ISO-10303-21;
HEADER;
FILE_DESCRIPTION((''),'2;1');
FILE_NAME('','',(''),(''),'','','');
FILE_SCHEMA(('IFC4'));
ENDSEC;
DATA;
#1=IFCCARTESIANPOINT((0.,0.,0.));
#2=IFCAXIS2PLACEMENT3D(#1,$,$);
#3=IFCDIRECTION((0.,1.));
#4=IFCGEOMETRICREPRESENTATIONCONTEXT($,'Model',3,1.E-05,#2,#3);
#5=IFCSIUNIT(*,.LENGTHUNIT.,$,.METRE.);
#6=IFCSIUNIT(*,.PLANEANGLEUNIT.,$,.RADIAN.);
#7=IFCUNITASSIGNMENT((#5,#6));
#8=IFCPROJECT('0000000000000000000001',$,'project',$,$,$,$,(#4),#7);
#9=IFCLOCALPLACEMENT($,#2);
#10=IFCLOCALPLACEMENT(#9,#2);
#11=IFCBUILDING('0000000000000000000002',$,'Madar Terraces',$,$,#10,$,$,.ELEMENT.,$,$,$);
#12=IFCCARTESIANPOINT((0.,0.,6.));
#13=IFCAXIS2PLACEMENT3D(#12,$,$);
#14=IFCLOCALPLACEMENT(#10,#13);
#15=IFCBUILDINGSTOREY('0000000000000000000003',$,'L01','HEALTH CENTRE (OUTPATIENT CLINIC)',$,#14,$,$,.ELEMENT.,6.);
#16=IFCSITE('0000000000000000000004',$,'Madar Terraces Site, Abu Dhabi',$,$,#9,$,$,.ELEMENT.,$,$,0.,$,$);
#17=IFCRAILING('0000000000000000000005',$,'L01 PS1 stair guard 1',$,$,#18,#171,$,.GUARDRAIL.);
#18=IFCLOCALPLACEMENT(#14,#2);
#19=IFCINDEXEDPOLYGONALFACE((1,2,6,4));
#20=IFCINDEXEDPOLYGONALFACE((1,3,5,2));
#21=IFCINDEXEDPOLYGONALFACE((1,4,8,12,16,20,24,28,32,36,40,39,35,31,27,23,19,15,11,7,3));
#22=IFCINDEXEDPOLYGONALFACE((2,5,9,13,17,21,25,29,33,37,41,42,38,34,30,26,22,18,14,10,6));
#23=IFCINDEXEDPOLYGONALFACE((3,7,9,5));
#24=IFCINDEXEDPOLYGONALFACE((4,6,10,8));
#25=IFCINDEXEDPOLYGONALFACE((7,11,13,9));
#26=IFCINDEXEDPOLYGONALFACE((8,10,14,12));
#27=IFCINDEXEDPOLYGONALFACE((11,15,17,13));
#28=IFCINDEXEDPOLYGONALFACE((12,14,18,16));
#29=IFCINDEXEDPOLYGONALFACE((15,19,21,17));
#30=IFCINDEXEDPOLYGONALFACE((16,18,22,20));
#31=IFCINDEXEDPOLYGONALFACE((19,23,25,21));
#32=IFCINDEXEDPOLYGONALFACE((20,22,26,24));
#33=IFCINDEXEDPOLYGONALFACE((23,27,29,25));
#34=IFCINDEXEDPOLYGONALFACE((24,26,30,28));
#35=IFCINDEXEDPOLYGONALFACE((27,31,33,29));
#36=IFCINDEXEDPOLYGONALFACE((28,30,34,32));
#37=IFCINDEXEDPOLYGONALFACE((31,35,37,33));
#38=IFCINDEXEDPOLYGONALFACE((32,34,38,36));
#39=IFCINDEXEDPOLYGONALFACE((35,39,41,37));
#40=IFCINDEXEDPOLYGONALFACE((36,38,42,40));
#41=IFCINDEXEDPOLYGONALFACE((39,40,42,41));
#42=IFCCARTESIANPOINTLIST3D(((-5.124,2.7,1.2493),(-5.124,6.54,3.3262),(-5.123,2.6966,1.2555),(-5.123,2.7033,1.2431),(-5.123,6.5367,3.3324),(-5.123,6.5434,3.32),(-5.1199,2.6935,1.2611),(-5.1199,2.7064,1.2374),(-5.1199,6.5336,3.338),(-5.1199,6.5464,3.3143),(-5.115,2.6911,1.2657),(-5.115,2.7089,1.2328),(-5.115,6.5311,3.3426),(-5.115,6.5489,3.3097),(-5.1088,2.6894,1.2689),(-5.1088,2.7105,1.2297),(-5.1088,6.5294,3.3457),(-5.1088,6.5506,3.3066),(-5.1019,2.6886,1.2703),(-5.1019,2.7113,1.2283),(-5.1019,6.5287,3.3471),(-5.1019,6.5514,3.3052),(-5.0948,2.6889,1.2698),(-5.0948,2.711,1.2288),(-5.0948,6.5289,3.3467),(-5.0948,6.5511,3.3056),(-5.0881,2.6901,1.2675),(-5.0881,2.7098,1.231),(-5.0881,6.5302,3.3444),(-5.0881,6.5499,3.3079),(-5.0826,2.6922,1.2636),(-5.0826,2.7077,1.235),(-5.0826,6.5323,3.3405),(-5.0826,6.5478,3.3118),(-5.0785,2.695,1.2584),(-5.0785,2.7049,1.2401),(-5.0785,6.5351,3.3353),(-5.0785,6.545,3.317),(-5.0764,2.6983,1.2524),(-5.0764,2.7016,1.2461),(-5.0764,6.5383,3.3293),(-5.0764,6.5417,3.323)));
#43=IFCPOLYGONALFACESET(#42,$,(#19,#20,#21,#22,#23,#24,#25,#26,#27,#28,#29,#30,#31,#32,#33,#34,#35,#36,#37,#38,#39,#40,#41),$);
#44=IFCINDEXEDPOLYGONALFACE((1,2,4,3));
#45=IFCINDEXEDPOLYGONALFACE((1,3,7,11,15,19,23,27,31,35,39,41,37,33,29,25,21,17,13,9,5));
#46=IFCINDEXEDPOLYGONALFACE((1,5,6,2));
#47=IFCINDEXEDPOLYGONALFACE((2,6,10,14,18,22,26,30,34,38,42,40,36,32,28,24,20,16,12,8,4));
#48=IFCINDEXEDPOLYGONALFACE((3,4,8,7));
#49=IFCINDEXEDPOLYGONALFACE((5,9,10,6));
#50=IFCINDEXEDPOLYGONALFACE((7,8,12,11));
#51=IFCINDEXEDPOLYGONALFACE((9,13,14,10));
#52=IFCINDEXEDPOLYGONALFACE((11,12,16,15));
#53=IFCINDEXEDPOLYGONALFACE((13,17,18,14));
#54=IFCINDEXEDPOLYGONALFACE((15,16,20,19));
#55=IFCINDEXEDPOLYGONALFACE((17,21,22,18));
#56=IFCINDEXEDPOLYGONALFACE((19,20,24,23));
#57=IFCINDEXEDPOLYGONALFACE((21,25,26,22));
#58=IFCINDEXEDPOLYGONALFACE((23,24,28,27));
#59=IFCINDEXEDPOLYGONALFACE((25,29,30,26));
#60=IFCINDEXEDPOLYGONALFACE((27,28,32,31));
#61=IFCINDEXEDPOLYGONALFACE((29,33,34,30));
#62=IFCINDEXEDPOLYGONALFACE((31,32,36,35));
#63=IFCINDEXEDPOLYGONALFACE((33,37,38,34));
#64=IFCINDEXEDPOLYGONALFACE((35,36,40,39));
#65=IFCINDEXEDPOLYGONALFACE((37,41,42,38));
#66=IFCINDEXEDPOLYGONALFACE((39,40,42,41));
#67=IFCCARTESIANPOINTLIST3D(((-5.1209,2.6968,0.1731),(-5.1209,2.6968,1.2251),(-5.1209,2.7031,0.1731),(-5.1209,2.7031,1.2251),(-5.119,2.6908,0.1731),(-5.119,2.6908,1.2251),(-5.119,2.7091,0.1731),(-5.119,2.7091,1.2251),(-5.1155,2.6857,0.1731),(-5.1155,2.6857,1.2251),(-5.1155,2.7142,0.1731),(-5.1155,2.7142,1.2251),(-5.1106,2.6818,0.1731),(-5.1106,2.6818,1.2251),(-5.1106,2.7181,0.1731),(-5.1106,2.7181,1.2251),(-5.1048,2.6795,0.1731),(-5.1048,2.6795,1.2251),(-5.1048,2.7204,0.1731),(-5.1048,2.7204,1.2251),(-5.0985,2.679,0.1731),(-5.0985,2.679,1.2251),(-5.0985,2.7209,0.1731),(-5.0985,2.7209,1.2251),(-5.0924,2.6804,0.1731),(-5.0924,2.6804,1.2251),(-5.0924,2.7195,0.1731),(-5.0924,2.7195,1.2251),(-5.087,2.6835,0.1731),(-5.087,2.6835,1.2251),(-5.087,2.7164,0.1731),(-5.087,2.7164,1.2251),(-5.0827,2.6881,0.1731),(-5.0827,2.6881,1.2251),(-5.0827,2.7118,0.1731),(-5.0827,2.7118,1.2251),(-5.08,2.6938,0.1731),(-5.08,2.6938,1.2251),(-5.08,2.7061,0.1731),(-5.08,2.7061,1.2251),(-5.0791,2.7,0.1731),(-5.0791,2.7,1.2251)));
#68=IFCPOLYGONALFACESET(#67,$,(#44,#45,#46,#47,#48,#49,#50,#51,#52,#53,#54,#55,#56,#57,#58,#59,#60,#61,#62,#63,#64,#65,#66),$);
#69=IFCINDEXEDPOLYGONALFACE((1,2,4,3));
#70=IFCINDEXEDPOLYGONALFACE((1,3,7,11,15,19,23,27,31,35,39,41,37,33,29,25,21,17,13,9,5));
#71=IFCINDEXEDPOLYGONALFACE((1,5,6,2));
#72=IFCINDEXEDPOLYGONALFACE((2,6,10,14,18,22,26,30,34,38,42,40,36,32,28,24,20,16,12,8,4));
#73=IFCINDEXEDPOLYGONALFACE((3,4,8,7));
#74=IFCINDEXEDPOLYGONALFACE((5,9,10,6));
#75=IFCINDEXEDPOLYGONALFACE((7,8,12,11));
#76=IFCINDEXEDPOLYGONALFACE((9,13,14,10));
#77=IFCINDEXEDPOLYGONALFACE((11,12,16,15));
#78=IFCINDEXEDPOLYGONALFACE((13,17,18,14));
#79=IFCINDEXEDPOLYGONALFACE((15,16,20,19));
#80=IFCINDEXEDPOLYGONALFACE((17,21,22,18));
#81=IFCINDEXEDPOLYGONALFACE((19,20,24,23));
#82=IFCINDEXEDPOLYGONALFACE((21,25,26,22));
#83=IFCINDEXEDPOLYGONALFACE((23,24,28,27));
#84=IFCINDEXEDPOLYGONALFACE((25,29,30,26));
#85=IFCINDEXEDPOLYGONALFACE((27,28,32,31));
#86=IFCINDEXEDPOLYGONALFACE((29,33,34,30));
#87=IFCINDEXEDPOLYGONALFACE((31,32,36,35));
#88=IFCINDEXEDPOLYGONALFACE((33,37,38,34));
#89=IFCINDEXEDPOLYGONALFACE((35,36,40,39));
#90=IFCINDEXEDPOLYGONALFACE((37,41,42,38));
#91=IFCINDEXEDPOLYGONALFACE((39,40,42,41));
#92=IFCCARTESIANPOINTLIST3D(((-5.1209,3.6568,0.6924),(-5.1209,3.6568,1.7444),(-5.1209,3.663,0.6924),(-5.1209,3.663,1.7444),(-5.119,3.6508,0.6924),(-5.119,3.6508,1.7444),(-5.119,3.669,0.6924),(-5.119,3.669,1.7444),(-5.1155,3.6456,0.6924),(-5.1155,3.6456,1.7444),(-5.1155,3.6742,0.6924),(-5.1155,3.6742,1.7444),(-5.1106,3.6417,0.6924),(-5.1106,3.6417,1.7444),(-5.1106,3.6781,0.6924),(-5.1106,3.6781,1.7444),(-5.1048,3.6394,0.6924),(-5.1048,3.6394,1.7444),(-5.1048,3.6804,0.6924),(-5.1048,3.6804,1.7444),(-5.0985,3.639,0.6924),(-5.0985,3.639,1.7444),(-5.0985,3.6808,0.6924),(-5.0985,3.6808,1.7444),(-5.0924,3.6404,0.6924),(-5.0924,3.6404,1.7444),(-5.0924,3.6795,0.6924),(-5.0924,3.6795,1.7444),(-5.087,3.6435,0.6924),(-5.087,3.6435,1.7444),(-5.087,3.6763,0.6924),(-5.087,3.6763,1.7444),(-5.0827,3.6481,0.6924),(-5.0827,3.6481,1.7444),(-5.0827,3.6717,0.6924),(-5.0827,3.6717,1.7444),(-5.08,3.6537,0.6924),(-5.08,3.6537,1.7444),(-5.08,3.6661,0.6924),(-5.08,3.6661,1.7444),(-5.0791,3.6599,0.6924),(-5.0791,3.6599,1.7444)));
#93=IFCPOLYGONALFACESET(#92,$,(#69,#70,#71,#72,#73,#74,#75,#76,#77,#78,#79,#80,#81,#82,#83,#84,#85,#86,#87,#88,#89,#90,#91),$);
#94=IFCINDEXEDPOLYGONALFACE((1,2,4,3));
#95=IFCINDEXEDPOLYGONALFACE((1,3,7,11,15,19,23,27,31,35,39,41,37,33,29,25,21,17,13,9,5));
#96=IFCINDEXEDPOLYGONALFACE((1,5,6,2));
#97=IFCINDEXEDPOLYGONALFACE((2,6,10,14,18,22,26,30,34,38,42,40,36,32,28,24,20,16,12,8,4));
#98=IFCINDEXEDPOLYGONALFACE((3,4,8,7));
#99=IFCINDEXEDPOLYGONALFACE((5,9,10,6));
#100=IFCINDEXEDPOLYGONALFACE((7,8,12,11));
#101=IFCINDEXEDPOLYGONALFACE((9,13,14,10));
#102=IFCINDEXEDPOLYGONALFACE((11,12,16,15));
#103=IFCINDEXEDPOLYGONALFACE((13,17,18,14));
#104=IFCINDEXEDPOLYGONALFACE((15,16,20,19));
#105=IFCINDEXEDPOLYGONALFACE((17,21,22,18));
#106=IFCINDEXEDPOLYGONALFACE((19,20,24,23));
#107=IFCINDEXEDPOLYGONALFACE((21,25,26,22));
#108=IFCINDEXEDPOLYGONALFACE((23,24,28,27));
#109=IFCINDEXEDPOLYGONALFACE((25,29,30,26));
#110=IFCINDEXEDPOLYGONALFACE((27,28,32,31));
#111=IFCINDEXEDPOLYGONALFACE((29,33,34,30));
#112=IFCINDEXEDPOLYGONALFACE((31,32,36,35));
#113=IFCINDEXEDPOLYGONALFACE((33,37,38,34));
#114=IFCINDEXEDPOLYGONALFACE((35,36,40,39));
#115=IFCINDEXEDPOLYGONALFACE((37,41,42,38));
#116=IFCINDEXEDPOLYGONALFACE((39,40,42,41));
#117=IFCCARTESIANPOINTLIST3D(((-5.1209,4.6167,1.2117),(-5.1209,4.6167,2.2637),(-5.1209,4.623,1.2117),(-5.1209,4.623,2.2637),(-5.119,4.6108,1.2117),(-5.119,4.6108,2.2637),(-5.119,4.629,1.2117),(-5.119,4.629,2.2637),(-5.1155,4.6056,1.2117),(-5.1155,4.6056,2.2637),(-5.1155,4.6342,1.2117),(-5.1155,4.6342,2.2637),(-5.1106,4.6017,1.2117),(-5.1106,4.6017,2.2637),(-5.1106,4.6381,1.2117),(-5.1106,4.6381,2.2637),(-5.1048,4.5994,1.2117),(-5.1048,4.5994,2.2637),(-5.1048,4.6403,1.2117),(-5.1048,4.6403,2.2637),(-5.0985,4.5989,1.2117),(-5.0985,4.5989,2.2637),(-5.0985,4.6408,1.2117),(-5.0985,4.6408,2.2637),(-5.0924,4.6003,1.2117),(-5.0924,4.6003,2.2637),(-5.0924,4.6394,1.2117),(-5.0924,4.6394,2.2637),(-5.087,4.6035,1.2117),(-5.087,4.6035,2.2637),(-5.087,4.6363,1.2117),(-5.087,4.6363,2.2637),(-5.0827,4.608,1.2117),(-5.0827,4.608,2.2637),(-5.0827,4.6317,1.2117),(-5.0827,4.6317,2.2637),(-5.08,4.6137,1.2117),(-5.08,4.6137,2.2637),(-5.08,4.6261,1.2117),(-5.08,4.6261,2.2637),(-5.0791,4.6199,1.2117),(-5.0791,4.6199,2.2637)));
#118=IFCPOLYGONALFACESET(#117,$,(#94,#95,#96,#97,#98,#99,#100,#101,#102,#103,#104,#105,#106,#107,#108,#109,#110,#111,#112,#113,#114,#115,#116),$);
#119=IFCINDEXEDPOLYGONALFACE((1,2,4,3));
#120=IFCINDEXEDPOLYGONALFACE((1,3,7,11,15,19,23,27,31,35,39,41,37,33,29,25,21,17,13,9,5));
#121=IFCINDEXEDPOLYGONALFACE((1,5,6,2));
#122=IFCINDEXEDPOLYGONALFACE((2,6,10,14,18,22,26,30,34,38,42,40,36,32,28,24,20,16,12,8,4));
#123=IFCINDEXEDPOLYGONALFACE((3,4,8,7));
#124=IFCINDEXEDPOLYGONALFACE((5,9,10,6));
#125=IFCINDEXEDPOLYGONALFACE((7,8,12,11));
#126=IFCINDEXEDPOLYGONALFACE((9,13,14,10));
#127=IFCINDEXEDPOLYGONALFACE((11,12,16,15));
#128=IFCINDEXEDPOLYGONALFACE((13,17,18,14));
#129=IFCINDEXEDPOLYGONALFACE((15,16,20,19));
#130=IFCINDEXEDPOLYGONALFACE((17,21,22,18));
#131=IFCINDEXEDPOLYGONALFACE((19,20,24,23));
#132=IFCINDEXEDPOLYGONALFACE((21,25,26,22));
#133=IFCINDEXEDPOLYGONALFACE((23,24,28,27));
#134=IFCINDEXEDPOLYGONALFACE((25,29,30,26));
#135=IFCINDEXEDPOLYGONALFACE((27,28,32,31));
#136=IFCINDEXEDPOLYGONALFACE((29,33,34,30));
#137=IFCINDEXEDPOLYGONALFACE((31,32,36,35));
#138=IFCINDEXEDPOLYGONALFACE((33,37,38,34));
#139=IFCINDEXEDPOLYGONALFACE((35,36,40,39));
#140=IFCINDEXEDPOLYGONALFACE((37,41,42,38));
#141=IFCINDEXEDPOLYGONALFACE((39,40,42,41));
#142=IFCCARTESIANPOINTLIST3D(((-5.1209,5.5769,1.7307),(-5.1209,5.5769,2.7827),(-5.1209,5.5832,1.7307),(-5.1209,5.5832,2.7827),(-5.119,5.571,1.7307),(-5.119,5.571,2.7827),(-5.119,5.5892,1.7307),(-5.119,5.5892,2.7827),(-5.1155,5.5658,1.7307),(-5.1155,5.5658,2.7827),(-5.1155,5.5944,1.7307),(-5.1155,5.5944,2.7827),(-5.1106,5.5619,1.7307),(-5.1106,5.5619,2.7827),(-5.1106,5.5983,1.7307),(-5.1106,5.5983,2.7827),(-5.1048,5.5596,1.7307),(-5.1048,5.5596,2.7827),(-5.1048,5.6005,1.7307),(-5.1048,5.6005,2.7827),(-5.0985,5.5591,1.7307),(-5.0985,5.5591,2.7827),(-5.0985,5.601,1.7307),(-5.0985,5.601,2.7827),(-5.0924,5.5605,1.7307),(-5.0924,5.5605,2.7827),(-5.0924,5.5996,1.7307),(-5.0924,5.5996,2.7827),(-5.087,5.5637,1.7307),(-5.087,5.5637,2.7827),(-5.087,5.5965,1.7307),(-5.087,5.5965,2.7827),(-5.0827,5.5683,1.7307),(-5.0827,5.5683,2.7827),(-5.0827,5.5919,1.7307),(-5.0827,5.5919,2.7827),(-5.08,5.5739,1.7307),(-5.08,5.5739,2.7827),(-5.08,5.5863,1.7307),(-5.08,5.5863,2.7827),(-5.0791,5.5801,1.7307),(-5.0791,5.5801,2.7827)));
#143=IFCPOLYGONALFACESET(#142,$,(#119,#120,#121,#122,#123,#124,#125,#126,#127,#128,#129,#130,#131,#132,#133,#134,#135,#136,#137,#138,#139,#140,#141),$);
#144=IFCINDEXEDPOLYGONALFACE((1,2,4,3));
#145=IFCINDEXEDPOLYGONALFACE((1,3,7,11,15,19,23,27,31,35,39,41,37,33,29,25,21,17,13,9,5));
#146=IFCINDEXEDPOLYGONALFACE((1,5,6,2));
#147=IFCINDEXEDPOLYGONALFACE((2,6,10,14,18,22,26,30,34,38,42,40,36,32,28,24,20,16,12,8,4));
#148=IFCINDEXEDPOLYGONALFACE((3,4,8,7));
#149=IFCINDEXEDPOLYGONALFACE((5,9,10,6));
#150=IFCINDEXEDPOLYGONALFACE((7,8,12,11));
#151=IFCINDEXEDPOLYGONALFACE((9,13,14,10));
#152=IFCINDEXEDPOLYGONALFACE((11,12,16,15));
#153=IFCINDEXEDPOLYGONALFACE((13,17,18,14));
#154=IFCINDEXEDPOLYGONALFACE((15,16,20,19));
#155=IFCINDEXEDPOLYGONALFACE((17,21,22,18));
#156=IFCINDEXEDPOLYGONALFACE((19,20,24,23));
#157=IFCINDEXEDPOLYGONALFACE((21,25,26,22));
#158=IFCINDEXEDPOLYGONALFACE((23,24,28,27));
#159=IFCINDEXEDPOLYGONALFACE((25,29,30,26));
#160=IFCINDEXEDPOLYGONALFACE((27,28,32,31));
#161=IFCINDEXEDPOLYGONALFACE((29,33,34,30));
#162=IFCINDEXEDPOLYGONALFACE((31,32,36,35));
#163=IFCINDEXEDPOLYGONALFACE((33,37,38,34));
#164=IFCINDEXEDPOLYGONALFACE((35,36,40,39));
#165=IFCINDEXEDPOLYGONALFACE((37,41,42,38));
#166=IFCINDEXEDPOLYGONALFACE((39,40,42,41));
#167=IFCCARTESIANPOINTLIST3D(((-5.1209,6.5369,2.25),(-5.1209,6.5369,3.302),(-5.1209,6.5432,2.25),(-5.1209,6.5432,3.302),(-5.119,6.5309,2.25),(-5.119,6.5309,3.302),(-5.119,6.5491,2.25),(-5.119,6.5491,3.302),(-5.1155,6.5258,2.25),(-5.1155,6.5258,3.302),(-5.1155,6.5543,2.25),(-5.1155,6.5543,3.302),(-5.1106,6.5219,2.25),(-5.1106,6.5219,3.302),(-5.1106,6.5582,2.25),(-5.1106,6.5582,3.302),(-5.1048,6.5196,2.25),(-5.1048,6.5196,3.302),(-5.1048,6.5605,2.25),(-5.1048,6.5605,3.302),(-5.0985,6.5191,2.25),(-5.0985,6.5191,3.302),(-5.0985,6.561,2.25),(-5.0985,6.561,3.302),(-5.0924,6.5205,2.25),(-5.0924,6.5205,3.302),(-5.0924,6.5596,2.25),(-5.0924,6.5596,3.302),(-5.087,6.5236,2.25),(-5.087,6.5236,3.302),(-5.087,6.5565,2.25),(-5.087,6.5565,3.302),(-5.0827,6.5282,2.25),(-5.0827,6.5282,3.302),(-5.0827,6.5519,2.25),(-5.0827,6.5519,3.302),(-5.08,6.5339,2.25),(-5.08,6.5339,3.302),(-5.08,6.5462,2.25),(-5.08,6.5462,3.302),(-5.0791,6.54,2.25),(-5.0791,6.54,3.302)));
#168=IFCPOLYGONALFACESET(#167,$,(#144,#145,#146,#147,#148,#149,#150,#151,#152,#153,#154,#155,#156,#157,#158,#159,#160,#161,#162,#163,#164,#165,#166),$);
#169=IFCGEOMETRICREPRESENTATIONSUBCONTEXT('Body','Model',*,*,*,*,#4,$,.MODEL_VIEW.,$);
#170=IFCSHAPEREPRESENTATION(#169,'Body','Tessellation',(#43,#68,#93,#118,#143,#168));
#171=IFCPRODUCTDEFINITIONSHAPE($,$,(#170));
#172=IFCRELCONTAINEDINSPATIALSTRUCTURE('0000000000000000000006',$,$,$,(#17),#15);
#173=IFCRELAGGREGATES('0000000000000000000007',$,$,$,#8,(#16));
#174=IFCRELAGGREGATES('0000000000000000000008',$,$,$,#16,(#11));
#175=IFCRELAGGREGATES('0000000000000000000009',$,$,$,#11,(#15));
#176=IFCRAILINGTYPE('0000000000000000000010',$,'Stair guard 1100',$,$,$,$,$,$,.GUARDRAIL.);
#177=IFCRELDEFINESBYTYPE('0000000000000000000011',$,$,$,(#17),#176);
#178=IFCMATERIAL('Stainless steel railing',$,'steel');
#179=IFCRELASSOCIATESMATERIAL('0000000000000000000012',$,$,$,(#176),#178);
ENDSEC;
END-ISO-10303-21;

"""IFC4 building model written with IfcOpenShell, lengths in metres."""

from ifc_helpers import new_model, si_unit, direction, frame, origin, origin_2d, place, context, subcontext, project, spatial, circle, extrude, material, type_object, element, save


model = new_model("IFC4")

# Units and contexts
model_context = context("Model", 3, precision=1e-05, world=origin(), true_north=direction((0.0, 1.0)))
body_context = subcontext(model_context, "Body", "Model", "MODEL_VIEW")
ifc_project = project(units=[si_unit("LENGTHUNIT", "METRE"), si_unit("PLANEANGLEUNIT", "RADIAN")], contexts=[model_context])

# Site, building, storey
site_placement = place(None, origin())
site = spatial("IfcSite", under=ifc_project, at=site_placement, Name="Madar Terraces Site, Abu Dhabi", CompositionType="ELEMENT", RefElevation=0.0)
building_placement = place(site_placement, origin())
building = spatial("IfcBuilding", under=site, at=building_placement, Name="Madar Terraces", CompositionType="ELEMENT")
storey_placement = place(building_placement, frame((0.0, 0.0, 6.0)))
storey = spatial("IfcBuildingStorey", under=building, at=storey_placement, Name="L01", Description="HEALTH CENTRE (OUTPATIENT CLINIC)", CompositionType="ELEMENT", Elevation=6.0)

# Railing
ifc_material_1 = material(Name="Stainless steel railing", Category="steel")
railing_type_1 = type_object("IfcRailingType", Name="Stair guard 1100", PredefinedType="GUARDRAIL", material=ifc_material_1)
railing_1_placement = place(storey_placement, frame((-5.1001, 2.7, 0.1731)))
element("IfcRailing", 1, at=railing_1_placement, inside=storey, type_object=railing_type_1, Name="L01 PS1 stair guard 1", PredefinedType="GUARDRAIL", context=body_context, shape_type="SweptSolid", body=[
    extrude(circle(Radius=0.0239, at=origin_2d()), frame((0.0, 0.0, 1.0762), z_axis=(0.0, 0.879593, 0.475726), x_axis=(-1.0, 0.0, 0.0)), (0.0, 0.0, 1.0), 4.3657),
    extrude(circle(Radius=0.021, at=origin_2d()), origin(), (0.0, 0.0, 1.0), 1.052),
    extrude(circle(Radius=0.021, at=origin_2d()), frame((0.0, 0.96, 0.5193)), (0.0, 0.0, 1.0), 1.052),
    extrude(circle(Radius=0.021, at=origin_2d()), frame((0.0, 1.9199, 1.0386)), (0.0, 0.0, 1.0), 1.052),
    extrude(circle(Radius=0.021, at=origin_2d()), frame((0.0, 2.8801, 1.5576)), (0.0, 0.0, 1.0), 1.052),
    extrude(circle(Radius=0.021, at=origin_2d()), frame((0.0, 3.8401, 2.0769)), (0.0, 0.0, 1.0), 1.052),
])

save(model, "model.ifc")
